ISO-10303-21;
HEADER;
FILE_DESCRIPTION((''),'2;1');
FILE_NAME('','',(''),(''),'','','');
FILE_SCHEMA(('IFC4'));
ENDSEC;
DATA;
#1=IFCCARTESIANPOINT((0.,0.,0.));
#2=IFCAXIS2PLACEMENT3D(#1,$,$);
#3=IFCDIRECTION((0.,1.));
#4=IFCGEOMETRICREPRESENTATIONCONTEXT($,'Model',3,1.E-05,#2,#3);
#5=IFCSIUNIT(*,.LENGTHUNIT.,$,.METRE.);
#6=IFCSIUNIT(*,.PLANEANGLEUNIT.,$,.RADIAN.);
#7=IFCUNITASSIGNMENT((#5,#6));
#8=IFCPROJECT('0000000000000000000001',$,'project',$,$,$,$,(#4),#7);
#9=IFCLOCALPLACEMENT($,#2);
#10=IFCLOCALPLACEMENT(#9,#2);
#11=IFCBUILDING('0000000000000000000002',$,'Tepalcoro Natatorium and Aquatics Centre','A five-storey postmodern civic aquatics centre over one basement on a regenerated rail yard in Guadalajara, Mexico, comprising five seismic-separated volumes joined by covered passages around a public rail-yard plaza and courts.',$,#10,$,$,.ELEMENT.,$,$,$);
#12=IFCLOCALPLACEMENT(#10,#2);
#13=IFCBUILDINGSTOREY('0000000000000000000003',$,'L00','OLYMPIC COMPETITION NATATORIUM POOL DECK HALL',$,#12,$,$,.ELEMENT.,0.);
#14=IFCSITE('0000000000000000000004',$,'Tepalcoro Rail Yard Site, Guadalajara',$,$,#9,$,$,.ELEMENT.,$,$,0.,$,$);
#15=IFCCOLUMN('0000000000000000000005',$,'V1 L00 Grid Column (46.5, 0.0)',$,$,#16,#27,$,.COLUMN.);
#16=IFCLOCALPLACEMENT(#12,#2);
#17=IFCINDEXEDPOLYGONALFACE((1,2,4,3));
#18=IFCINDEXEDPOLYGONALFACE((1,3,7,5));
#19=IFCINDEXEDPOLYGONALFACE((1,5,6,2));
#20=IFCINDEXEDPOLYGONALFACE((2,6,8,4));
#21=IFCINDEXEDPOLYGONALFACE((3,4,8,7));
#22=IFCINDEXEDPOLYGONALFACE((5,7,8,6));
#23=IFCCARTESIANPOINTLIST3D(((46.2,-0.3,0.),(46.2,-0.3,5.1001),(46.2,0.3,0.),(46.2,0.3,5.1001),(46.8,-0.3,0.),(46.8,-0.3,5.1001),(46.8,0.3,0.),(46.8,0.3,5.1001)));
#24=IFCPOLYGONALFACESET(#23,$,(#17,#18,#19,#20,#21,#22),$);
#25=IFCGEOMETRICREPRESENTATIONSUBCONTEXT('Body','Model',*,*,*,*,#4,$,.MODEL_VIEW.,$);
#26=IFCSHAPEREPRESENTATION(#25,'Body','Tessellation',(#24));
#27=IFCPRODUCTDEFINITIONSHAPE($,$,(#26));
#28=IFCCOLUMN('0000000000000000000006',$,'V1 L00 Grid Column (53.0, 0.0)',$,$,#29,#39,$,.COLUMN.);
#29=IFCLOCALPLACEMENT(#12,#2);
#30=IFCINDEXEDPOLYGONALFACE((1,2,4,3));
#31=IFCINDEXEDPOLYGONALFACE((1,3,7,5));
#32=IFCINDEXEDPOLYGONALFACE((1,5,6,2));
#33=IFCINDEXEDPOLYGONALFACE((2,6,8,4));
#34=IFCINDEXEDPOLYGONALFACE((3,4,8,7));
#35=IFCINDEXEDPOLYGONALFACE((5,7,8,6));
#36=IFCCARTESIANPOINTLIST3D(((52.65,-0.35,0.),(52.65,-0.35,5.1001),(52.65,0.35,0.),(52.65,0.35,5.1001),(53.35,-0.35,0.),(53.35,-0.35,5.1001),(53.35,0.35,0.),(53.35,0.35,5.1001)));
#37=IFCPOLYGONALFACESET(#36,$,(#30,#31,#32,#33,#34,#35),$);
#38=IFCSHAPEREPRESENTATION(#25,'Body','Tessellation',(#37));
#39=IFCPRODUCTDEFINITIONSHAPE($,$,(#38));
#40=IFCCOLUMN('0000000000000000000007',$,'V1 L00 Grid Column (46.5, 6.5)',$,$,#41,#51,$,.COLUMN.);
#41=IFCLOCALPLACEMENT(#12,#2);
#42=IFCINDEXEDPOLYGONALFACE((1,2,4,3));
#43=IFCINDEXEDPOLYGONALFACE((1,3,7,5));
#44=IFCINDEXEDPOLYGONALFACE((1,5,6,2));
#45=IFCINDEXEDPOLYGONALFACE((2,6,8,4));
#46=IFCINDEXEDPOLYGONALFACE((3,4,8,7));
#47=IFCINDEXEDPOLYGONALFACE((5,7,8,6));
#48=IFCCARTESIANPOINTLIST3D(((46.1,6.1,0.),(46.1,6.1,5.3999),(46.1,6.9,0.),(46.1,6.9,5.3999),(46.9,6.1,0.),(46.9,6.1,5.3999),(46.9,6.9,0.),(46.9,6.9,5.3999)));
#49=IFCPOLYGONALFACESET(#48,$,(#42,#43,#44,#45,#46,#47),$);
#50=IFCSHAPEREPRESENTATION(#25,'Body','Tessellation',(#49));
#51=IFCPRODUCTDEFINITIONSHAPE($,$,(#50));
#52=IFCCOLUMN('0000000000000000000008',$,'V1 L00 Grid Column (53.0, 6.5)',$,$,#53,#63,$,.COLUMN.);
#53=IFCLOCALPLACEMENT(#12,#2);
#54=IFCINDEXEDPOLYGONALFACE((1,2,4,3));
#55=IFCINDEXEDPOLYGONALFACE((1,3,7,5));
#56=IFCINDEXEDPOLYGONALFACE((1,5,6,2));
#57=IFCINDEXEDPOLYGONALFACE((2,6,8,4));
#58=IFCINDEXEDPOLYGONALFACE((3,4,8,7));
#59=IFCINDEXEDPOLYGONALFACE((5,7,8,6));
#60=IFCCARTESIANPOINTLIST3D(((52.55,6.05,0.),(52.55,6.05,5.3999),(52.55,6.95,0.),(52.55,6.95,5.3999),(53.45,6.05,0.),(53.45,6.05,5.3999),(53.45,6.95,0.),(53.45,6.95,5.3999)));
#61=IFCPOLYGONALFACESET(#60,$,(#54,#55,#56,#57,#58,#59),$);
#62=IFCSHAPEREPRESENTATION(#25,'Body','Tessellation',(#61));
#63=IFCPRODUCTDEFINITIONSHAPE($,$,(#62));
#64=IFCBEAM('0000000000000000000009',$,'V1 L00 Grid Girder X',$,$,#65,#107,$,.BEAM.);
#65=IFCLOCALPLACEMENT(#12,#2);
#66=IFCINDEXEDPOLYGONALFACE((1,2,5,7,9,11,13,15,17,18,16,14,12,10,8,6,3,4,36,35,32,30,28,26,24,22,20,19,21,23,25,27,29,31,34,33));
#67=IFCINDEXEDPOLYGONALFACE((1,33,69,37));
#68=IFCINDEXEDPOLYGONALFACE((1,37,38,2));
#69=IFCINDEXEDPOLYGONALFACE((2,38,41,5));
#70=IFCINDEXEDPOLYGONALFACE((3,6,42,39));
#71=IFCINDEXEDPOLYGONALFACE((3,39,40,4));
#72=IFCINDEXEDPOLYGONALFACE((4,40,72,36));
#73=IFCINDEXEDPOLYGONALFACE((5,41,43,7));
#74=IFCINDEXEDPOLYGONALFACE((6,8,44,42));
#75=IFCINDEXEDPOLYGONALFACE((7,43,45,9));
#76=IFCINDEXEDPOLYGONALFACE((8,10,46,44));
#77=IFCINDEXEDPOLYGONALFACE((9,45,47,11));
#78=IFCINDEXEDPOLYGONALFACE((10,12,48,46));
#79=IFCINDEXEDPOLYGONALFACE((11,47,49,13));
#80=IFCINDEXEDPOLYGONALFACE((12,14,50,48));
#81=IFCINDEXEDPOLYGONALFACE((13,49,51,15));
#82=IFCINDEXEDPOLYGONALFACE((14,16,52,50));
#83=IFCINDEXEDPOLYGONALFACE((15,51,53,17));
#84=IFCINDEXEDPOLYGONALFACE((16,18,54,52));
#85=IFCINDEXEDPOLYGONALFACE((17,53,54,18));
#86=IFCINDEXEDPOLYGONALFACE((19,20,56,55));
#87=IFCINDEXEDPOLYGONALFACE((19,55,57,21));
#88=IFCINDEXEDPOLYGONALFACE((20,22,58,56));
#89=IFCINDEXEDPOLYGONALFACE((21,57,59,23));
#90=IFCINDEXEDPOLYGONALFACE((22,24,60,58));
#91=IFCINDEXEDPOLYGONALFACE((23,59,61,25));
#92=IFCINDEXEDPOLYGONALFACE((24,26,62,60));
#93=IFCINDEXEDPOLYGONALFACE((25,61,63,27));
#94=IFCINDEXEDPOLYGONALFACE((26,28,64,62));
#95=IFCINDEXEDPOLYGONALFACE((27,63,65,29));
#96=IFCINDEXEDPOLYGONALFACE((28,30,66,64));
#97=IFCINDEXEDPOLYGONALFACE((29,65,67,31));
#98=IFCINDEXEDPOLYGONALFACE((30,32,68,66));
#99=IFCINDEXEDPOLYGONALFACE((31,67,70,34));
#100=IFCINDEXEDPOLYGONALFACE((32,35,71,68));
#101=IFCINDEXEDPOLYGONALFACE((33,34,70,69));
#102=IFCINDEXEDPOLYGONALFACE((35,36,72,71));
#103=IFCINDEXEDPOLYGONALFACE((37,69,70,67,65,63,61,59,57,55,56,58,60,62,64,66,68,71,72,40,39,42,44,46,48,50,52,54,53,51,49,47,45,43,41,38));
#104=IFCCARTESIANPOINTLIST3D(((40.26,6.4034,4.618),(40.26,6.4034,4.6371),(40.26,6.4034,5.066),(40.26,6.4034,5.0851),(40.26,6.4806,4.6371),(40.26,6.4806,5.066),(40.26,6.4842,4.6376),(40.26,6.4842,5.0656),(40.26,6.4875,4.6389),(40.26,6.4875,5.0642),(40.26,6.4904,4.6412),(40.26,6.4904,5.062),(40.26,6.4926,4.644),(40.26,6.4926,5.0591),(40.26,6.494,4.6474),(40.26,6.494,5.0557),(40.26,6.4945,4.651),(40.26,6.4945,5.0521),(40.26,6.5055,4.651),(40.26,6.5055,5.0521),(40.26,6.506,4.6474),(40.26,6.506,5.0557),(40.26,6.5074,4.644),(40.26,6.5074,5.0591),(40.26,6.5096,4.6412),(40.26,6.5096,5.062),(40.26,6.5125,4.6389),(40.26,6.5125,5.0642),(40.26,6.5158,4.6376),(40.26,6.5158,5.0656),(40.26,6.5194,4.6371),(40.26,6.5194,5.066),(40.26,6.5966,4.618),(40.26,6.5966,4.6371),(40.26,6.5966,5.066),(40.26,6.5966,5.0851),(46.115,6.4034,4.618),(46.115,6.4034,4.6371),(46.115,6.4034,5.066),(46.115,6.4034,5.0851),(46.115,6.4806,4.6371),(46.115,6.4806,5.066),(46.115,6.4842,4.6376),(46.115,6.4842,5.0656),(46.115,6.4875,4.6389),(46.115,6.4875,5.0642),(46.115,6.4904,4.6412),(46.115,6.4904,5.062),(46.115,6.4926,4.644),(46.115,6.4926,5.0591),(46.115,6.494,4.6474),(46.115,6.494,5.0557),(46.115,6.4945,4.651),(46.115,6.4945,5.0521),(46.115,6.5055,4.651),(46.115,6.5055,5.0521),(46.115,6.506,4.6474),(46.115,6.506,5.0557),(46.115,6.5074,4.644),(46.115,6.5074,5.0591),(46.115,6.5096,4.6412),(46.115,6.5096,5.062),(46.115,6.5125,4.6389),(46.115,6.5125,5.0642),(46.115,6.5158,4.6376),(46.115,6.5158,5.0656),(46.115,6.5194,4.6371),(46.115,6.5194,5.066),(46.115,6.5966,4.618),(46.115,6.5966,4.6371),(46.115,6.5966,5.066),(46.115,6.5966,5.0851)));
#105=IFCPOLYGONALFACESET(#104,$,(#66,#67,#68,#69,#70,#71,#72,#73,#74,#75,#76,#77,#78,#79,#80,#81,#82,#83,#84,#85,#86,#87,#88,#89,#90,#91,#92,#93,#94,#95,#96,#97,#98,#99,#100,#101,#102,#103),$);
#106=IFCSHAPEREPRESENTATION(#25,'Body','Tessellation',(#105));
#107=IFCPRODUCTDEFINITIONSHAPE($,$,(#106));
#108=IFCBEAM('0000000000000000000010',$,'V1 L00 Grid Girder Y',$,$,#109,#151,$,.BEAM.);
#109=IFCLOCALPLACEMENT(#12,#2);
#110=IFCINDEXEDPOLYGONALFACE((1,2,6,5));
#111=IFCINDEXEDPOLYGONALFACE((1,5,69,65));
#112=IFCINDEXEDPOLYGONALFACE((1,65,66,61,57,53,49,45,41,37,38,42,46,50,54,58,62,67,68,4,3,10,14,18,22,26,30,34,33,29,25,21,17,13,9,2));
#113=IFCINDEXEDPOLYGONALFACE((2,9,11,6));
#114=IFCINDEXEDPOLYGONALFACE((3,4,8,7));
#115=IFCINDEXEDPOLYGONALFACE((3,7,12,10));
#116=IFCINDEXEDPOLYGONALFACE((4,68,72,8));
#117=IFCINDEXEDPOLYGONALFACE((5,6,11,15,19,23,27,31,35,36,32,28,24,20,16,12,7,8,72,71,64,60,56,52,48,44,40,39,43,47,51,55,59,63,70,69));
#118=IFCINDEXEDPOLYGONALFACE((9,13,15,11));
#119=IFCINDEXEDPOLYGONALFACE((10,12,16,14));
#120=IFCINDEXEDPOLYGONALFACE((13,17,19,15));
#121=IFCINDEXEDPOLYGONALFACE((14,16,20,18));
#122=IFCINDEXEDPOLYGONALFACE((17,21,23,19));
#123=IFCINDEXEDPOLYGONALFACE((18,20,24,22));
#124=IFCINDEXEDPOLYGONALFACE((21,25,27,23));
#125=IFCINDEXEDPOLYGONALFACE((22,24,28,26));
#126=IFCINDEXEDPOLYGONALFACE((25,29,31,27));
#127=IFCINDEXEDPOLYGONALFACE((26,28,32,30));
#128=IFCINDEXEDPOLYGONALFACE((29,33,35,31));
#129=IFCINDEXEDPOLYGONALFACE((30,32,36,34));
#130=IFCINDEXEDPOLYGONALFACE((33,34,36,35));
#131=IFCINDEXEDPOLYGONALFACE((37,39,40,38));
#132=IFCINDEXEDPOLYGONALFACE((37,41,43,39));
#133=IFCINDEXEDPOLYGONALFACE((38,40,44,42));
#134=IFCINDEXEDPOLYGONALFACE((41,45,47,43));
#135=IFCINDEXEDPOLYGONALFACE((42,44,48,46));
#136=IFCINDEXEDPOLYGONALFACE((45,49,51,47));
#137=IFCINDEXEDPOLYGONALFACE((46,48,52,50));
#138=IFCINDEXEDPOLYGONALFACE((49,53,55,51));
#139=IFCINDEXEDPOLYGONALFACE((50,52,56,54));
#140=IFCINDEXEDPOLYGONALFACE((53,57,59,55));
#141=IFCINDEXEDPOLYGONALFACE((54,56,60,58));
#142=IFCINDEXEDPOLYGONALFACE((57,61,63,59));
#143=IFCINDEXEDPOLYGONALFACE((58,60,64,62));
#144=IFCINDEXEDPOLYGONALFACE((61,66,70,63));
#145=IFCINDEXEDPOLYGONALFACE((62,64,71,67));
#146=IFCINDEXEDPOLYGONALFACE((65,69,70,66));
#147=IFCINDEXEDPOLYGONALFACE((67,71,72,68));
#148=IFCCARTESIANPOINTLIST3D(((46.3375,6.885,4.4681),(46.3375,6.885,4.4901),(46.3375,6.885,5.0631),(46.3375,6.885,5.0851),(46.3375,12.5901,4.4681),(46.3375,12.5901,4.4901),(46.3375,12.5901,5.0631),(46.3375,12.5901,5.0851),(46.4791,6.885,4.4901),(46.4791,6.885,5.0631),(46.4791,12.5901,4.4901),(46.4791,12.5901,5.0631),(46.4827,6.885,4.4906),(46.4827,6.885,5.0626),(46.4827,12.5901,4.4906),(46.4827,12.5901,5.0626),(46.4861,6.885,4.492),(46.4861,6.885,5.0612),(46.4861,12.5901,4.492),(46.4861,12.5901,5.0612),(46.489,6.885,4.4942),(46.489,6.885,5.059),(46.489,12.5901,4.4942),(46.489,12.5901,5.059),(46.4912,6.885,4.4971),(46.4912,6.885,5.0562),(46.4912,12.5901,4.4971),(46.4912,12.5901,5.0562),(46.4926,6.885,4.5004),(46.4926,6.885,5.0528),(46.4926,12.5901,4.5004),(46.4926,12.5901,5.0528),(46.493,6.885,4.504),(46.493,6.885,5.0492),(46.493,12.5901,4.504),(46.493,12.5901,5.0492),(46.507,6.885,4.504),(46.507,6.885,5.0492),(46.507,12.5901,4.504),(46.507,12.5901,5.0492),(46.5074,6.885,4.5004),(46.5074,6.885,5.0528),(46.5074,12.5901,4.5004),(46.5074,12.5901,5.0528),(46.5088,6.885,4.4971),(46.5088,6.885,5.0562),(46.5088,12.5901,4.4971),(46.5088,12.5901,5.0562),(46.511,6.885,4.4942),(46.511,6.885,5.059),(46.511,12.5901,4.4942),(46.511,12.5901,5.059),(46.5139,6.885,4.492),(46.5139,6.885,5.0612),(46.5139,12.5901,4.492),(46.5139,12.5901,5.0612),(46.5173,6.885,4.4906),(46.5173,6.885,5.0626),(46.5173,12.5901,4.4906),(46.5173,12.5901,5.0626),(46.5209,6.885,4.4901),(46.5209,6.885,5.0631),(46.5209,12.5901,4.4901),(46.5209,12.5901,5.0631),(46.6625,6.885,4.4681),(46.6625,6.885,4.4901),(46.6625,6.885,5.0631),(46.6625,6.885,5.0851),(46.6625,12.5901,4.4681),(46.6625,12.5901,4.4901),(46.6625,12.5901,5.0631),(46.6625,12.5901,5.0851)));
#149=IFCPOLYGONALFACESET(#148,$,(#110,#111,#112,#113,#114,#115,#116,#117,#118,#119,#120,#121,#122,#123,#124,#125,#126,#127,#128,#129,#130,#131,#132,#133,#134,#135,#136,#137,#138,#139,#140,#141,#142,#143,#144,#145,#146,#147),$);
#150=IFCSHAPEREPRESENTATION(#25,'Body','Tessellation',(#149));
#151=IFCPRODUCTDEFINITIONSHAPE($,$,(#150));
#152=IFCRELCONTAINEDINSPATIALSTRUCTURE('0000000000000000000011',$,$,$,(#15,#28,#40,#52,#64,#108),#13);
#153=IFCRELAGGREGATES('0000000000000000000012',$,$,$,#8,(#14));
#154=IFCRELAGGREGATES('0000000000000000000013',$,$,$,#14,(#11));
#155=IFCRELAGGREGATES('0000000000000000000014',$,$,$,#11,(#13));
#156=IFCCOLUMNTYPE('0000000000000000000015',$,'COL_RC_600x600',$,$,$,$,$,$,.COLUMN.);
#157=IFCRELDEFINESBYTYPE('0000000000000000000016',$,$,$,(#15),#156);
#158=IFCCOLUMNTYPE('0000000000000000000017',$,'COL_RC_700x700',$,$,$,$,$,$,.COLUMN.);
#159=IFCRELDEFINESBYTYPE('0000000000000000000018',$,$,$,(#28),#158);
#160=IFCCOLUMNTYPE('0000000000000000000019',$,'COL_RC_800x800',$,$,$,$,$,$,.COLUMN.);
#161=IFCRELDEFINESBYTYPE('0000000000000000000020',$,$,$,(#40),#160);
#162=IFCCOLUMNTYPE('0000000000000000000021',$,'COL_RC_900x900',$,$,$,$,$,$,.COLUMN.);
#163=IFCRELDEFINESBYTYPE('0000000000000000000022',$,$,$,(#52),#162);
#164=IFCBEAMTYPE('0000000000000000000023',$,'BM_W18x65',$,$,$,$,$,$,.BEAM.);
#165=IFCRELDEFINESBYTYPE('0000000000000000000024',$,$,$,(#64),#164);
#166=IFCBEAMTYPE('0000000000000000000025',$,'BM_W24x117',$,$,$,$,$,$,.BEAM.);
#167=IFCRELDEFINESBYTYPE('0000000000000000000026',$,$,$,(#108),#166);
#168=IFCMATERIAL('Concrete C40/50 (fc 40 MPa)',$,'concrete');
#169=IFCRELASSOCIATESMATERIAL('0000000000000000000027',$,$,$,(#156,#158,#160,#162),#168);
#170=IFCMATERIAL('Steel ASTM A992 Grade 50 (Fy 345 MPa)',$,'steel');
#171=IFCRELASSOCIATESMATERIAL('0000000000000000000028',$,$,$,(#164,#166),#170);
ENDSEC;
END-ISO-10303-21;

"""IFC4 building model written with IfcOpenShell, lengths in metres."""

from ifc_helpers import new_model, si_unit, direction, frame, origin, origin_2d, place, context, subcontext, project, spatial, rectangle, i_section, extrude, material, material_profile, profile_set, type_object, element, save


model = new_model("IFC4")

# Units and contexts
model_context = context("Model", 3, precision=1e-05, world=origin(), true_north=direction((0.0, 1.0)))
body_context = subcontext(model_context, "Body", "Model", "MODEL_VIEW")
ifc_project = project(units=[si_unit("LENGTHUNIT", "METRE"), si_unit("PLANEANGLEUNIT", "RADIAN")], contexts=[model_context])

# Site, building, storey
site_placement = place(None, origin())
site = spatial("IfcSite", under=ifc_project, at=site_placement, Name="Tepalcoro Rail Yard Site, Guadalajara", CompositionType="ELEMENT", RefElevation=0.0)
building_placement = place(site_placement, origin())
building = spatial("IfcBuilding", under=site, at=building_placement, Name="Tepalcoro Natatorium and Aquatics Centre", Description="A five-storey postmodern civic aquatics centre over one basement on a regenerated rail yard in Guadalajara, Mexico, comprising five seismic-separated volumes joined by covered passages around a public rail-yard plaza and courts.", CompositionType="ELEMENT")
storey_placement = place(building_placement, origin())
storey = spatial("IfcBuildingStorey", under=building, at=storey_placement, Name="L00", Description="OLYMPIC COMPETITION NATATORIUM POOL DECK HALL", CompositionType="ELEMENT", Elevation=0.0)

# Columns
ifc_material_1 = material(Name="Concrete C40/50 (fc 40 MPa)", Category="concrete")
ifc_material_profile_1 = material_profile(ifc_material_1, rectangle(XDim=0.6001, YDim=0.6001, at=origin_2d()), Name="RC600x600")
ifc_profile_set_1 = profile_set([ifc_material_profile_1], Name="Concrete C40/50 (fc 40 MPa)")
column_type_1 = type_object("IfcColumnType", Name="COL_RC_600x600", PredefinedType="COLUMN", material=ifc_profile_set_1)
column_1_placement = place(storey_placement, frame((46.5, 0.0, 0.0), z_axis=(0.0, 0.0, 1.0), x_axis=(1.0, 0.0, 0.0)))
element("IfcColumn", 1, at=column_1_placement, inside=storey, type_object=column_type_1, Name="V1 L00 Grid Column (46.5, 0.0)", PredefinedType="COLUMN", context=body_context, shape_type="SweptSolid", body=[
    extrude(rectangle(XDim=0.6001, YDim=0.6001, at=origin_2d()), origin(), (0.0, 0.0, 1.0), 5.1001),
])
ifc_material_profile_2 = material_profile(ifc_material_1, rectangle(XDim=0.7, YDim=0.7, at=origin_2d()), Name="RC700x700")
ifc_profile_set_2 = profile_set([ifc_material_profile_2], Name="Concrete C40/50 (fc 40 MPa)")
column_type_2 = type_object("IfcColumnType", Name="COL_RC_700x700", PredefinedType="COLUMN", material=ifc_profile_set_2)
column_2_placement = place(storey_placement, frame((53.0, 0.0, 0.0), z_axis=(0.0, 0.0, 1.0), x_axis=(1.0, 0.0, 0.0)))
element("IfcColumn", 2, at=column_2_placement, inside=storey, type_object=column_type_2, Name="V1 L00 Grid Column (53.0, 0.0)", PredefinedType="COLUMN", context=body_context, shape_type="SweptSolid", body=[
    extrude(rectangle(XDim=0.7, YDim=0.7, at=origin_2d()), origin(), (0.0, 0.0, 1.0), 5.1001),
])
ifc_material_profile_3 = material_profile(ifc_material_1, rectangle(XDim=0.8, YDim=0.8, at=origin_2d()), Name="RC800x800")
ifc_profile_set_3 = profile_set([ifc_material_profile_3], Name="Concrete C40/50 (fc 40 MPa)")
column_type_3 = type_object("IfcColumnType", Name="COL_RC_800x800", PredefinedType="COLUMN", material=ifc_profile_set_3)
column_3_placement = place(storey_placement, frame((46.5, 6.5, 0.0), z_axis=(0.0, 0.0, 1.0), x_axis=(1.0, 0.0, 0.0)))
element("IfcColumn", 3, at=column_3_placement, inside=storey, type_object=column_type_3, Name="V1 L00 Grid Column (46.5, 6.5)", PredefinedType="COLUMN", context=body_context, shape_type="SweptSolid", body=[
    extrude(rectangle(XDim=0.8, YDim=0.8, at=origin_2d()), origin(), (0.0, 0.0, 1.0), 5.3999),
])
ifc_material_profile_4 = material_profile(ifc_material_1, rectangle(XDim=0.8999, YDim=0.8999, at=origin_2d()), Name="RC900x900")
ifc_profile_set_4 = profile_set([ifc_material_profile_4], Name="Concrete C40/50 (fc 40 MPa)")
column_type_4 = type_object("IfcColumnType", Name="COL_RC_900x900", PredefinedType="COLUMN", material=ifc_profile_set_4)
column_4_placement = place(storey_placement, frame((53.0, 6.5, 0.0), z_axis=(0.0, 0.0, 1.0), x_axis=(1.0, 0.0, 0.0)))
element("IfcColumn", 4, at=column_4_placement, inside=storey, type_object=column_type_4, Name="V1 L00 Grid Column (53.0, 6.5)", PredefinedType="COLUMN", context=body_context, shape_type="SweptSolid", body=[
    extrude(rectangle(XDim=0.8999, YDim=0.8999, at=origin_2d()), origin(), (0.0, 0.0, 1.0), 5.3999),
])

# Beams
ifc_material_2 = material(Name="Steel ASTM A992 Grade 50 (Fy 345 MPa)", Category="steel")
ifc_material_profile_5 = material_profile(ifc_material_2, i_section(OverallWidth=0.1931, OverallDepth=0.467, WebThickness=0.011, FlangeThickness=0.019, FilletRadius=0.0139, at=origin_2d()), Name="W18X65")
ifc_profile_set_5 = profile_set([ifc_material_profile_5], Name="Steel ASTM A992 Grade 50 (Fy 345 MPa)")
beam_type_1 = type_object("IfcBeamType", Name="BM_W18x65", PredefinedType="BEAM", material=ifc_profile_set_5)
beam_1_placement = place(storey_placement, frame((40.26, 6.5, 4.8516), z_axis=(1.0, 0.0, 0.0), x_axis=(0.0, 1.0, 0.0)))
element("IfcBeam", 5, at=beam_1_placement, inside=storey, type_object=beam_type_1, Name="V1 L00 Grid Girder X", PredefinedType="BEAM", context=body_context, shape_type="SweptSolid", body=[
    extrude(i_section(OverallWidth=0.1931, OverallDepth=0.467, WebThickness=0.011, FlangeThickness=0.019, FilletRadius=0.0139, at=origin_2d()), origin(), (0.0, 0.0, 1.0), 5.855),
])
ifc_material_profile_6 = material_profile(ifc_material_2, i_section(OverallWidth=0.325, OverallDepth=0.6169, WebThickness=0.0139, FlangeThickness=0.022, FilletRadius=0.0139, at=origin_2d()), Name="W24X117")
ifc_profile_set_6 = profile_set([ifc_material_profile_6], Name="Steel ASTM A992 Grade 50 (Fy 345 MPa)")
beam_type_2 = type_object("IfcBeamType", Name="BM_W24x117", PredefinedType="BEAM", material=ifc_profile_set_6)
beam_2_placement = place(storey_placement, frame((46.5, 6.885, 4.7766), z_axis=(0.0, 1.0, 0.0), x_axis=(-1.0, 0.0, 0.0)))
element("IfcBeam", 6, at=beam_2_placement, inside=storey, type_object=beam_type_2, Name="V1 L00 Grid Girder Y", PredefinedType="BEAM", context=body_context, shape_type="SweptSolid", body=[
    extrude(i_section(OverallWidth=0.325, OverallDepth=0.6169, WebThickness=0.0139, FlangeThickness=0.022, FilletRadius=0.0139, at=origin_2d()), origin(), (0.0, 0.0, 1.0), 5.7051),
])

save(model, "model.ifc")
